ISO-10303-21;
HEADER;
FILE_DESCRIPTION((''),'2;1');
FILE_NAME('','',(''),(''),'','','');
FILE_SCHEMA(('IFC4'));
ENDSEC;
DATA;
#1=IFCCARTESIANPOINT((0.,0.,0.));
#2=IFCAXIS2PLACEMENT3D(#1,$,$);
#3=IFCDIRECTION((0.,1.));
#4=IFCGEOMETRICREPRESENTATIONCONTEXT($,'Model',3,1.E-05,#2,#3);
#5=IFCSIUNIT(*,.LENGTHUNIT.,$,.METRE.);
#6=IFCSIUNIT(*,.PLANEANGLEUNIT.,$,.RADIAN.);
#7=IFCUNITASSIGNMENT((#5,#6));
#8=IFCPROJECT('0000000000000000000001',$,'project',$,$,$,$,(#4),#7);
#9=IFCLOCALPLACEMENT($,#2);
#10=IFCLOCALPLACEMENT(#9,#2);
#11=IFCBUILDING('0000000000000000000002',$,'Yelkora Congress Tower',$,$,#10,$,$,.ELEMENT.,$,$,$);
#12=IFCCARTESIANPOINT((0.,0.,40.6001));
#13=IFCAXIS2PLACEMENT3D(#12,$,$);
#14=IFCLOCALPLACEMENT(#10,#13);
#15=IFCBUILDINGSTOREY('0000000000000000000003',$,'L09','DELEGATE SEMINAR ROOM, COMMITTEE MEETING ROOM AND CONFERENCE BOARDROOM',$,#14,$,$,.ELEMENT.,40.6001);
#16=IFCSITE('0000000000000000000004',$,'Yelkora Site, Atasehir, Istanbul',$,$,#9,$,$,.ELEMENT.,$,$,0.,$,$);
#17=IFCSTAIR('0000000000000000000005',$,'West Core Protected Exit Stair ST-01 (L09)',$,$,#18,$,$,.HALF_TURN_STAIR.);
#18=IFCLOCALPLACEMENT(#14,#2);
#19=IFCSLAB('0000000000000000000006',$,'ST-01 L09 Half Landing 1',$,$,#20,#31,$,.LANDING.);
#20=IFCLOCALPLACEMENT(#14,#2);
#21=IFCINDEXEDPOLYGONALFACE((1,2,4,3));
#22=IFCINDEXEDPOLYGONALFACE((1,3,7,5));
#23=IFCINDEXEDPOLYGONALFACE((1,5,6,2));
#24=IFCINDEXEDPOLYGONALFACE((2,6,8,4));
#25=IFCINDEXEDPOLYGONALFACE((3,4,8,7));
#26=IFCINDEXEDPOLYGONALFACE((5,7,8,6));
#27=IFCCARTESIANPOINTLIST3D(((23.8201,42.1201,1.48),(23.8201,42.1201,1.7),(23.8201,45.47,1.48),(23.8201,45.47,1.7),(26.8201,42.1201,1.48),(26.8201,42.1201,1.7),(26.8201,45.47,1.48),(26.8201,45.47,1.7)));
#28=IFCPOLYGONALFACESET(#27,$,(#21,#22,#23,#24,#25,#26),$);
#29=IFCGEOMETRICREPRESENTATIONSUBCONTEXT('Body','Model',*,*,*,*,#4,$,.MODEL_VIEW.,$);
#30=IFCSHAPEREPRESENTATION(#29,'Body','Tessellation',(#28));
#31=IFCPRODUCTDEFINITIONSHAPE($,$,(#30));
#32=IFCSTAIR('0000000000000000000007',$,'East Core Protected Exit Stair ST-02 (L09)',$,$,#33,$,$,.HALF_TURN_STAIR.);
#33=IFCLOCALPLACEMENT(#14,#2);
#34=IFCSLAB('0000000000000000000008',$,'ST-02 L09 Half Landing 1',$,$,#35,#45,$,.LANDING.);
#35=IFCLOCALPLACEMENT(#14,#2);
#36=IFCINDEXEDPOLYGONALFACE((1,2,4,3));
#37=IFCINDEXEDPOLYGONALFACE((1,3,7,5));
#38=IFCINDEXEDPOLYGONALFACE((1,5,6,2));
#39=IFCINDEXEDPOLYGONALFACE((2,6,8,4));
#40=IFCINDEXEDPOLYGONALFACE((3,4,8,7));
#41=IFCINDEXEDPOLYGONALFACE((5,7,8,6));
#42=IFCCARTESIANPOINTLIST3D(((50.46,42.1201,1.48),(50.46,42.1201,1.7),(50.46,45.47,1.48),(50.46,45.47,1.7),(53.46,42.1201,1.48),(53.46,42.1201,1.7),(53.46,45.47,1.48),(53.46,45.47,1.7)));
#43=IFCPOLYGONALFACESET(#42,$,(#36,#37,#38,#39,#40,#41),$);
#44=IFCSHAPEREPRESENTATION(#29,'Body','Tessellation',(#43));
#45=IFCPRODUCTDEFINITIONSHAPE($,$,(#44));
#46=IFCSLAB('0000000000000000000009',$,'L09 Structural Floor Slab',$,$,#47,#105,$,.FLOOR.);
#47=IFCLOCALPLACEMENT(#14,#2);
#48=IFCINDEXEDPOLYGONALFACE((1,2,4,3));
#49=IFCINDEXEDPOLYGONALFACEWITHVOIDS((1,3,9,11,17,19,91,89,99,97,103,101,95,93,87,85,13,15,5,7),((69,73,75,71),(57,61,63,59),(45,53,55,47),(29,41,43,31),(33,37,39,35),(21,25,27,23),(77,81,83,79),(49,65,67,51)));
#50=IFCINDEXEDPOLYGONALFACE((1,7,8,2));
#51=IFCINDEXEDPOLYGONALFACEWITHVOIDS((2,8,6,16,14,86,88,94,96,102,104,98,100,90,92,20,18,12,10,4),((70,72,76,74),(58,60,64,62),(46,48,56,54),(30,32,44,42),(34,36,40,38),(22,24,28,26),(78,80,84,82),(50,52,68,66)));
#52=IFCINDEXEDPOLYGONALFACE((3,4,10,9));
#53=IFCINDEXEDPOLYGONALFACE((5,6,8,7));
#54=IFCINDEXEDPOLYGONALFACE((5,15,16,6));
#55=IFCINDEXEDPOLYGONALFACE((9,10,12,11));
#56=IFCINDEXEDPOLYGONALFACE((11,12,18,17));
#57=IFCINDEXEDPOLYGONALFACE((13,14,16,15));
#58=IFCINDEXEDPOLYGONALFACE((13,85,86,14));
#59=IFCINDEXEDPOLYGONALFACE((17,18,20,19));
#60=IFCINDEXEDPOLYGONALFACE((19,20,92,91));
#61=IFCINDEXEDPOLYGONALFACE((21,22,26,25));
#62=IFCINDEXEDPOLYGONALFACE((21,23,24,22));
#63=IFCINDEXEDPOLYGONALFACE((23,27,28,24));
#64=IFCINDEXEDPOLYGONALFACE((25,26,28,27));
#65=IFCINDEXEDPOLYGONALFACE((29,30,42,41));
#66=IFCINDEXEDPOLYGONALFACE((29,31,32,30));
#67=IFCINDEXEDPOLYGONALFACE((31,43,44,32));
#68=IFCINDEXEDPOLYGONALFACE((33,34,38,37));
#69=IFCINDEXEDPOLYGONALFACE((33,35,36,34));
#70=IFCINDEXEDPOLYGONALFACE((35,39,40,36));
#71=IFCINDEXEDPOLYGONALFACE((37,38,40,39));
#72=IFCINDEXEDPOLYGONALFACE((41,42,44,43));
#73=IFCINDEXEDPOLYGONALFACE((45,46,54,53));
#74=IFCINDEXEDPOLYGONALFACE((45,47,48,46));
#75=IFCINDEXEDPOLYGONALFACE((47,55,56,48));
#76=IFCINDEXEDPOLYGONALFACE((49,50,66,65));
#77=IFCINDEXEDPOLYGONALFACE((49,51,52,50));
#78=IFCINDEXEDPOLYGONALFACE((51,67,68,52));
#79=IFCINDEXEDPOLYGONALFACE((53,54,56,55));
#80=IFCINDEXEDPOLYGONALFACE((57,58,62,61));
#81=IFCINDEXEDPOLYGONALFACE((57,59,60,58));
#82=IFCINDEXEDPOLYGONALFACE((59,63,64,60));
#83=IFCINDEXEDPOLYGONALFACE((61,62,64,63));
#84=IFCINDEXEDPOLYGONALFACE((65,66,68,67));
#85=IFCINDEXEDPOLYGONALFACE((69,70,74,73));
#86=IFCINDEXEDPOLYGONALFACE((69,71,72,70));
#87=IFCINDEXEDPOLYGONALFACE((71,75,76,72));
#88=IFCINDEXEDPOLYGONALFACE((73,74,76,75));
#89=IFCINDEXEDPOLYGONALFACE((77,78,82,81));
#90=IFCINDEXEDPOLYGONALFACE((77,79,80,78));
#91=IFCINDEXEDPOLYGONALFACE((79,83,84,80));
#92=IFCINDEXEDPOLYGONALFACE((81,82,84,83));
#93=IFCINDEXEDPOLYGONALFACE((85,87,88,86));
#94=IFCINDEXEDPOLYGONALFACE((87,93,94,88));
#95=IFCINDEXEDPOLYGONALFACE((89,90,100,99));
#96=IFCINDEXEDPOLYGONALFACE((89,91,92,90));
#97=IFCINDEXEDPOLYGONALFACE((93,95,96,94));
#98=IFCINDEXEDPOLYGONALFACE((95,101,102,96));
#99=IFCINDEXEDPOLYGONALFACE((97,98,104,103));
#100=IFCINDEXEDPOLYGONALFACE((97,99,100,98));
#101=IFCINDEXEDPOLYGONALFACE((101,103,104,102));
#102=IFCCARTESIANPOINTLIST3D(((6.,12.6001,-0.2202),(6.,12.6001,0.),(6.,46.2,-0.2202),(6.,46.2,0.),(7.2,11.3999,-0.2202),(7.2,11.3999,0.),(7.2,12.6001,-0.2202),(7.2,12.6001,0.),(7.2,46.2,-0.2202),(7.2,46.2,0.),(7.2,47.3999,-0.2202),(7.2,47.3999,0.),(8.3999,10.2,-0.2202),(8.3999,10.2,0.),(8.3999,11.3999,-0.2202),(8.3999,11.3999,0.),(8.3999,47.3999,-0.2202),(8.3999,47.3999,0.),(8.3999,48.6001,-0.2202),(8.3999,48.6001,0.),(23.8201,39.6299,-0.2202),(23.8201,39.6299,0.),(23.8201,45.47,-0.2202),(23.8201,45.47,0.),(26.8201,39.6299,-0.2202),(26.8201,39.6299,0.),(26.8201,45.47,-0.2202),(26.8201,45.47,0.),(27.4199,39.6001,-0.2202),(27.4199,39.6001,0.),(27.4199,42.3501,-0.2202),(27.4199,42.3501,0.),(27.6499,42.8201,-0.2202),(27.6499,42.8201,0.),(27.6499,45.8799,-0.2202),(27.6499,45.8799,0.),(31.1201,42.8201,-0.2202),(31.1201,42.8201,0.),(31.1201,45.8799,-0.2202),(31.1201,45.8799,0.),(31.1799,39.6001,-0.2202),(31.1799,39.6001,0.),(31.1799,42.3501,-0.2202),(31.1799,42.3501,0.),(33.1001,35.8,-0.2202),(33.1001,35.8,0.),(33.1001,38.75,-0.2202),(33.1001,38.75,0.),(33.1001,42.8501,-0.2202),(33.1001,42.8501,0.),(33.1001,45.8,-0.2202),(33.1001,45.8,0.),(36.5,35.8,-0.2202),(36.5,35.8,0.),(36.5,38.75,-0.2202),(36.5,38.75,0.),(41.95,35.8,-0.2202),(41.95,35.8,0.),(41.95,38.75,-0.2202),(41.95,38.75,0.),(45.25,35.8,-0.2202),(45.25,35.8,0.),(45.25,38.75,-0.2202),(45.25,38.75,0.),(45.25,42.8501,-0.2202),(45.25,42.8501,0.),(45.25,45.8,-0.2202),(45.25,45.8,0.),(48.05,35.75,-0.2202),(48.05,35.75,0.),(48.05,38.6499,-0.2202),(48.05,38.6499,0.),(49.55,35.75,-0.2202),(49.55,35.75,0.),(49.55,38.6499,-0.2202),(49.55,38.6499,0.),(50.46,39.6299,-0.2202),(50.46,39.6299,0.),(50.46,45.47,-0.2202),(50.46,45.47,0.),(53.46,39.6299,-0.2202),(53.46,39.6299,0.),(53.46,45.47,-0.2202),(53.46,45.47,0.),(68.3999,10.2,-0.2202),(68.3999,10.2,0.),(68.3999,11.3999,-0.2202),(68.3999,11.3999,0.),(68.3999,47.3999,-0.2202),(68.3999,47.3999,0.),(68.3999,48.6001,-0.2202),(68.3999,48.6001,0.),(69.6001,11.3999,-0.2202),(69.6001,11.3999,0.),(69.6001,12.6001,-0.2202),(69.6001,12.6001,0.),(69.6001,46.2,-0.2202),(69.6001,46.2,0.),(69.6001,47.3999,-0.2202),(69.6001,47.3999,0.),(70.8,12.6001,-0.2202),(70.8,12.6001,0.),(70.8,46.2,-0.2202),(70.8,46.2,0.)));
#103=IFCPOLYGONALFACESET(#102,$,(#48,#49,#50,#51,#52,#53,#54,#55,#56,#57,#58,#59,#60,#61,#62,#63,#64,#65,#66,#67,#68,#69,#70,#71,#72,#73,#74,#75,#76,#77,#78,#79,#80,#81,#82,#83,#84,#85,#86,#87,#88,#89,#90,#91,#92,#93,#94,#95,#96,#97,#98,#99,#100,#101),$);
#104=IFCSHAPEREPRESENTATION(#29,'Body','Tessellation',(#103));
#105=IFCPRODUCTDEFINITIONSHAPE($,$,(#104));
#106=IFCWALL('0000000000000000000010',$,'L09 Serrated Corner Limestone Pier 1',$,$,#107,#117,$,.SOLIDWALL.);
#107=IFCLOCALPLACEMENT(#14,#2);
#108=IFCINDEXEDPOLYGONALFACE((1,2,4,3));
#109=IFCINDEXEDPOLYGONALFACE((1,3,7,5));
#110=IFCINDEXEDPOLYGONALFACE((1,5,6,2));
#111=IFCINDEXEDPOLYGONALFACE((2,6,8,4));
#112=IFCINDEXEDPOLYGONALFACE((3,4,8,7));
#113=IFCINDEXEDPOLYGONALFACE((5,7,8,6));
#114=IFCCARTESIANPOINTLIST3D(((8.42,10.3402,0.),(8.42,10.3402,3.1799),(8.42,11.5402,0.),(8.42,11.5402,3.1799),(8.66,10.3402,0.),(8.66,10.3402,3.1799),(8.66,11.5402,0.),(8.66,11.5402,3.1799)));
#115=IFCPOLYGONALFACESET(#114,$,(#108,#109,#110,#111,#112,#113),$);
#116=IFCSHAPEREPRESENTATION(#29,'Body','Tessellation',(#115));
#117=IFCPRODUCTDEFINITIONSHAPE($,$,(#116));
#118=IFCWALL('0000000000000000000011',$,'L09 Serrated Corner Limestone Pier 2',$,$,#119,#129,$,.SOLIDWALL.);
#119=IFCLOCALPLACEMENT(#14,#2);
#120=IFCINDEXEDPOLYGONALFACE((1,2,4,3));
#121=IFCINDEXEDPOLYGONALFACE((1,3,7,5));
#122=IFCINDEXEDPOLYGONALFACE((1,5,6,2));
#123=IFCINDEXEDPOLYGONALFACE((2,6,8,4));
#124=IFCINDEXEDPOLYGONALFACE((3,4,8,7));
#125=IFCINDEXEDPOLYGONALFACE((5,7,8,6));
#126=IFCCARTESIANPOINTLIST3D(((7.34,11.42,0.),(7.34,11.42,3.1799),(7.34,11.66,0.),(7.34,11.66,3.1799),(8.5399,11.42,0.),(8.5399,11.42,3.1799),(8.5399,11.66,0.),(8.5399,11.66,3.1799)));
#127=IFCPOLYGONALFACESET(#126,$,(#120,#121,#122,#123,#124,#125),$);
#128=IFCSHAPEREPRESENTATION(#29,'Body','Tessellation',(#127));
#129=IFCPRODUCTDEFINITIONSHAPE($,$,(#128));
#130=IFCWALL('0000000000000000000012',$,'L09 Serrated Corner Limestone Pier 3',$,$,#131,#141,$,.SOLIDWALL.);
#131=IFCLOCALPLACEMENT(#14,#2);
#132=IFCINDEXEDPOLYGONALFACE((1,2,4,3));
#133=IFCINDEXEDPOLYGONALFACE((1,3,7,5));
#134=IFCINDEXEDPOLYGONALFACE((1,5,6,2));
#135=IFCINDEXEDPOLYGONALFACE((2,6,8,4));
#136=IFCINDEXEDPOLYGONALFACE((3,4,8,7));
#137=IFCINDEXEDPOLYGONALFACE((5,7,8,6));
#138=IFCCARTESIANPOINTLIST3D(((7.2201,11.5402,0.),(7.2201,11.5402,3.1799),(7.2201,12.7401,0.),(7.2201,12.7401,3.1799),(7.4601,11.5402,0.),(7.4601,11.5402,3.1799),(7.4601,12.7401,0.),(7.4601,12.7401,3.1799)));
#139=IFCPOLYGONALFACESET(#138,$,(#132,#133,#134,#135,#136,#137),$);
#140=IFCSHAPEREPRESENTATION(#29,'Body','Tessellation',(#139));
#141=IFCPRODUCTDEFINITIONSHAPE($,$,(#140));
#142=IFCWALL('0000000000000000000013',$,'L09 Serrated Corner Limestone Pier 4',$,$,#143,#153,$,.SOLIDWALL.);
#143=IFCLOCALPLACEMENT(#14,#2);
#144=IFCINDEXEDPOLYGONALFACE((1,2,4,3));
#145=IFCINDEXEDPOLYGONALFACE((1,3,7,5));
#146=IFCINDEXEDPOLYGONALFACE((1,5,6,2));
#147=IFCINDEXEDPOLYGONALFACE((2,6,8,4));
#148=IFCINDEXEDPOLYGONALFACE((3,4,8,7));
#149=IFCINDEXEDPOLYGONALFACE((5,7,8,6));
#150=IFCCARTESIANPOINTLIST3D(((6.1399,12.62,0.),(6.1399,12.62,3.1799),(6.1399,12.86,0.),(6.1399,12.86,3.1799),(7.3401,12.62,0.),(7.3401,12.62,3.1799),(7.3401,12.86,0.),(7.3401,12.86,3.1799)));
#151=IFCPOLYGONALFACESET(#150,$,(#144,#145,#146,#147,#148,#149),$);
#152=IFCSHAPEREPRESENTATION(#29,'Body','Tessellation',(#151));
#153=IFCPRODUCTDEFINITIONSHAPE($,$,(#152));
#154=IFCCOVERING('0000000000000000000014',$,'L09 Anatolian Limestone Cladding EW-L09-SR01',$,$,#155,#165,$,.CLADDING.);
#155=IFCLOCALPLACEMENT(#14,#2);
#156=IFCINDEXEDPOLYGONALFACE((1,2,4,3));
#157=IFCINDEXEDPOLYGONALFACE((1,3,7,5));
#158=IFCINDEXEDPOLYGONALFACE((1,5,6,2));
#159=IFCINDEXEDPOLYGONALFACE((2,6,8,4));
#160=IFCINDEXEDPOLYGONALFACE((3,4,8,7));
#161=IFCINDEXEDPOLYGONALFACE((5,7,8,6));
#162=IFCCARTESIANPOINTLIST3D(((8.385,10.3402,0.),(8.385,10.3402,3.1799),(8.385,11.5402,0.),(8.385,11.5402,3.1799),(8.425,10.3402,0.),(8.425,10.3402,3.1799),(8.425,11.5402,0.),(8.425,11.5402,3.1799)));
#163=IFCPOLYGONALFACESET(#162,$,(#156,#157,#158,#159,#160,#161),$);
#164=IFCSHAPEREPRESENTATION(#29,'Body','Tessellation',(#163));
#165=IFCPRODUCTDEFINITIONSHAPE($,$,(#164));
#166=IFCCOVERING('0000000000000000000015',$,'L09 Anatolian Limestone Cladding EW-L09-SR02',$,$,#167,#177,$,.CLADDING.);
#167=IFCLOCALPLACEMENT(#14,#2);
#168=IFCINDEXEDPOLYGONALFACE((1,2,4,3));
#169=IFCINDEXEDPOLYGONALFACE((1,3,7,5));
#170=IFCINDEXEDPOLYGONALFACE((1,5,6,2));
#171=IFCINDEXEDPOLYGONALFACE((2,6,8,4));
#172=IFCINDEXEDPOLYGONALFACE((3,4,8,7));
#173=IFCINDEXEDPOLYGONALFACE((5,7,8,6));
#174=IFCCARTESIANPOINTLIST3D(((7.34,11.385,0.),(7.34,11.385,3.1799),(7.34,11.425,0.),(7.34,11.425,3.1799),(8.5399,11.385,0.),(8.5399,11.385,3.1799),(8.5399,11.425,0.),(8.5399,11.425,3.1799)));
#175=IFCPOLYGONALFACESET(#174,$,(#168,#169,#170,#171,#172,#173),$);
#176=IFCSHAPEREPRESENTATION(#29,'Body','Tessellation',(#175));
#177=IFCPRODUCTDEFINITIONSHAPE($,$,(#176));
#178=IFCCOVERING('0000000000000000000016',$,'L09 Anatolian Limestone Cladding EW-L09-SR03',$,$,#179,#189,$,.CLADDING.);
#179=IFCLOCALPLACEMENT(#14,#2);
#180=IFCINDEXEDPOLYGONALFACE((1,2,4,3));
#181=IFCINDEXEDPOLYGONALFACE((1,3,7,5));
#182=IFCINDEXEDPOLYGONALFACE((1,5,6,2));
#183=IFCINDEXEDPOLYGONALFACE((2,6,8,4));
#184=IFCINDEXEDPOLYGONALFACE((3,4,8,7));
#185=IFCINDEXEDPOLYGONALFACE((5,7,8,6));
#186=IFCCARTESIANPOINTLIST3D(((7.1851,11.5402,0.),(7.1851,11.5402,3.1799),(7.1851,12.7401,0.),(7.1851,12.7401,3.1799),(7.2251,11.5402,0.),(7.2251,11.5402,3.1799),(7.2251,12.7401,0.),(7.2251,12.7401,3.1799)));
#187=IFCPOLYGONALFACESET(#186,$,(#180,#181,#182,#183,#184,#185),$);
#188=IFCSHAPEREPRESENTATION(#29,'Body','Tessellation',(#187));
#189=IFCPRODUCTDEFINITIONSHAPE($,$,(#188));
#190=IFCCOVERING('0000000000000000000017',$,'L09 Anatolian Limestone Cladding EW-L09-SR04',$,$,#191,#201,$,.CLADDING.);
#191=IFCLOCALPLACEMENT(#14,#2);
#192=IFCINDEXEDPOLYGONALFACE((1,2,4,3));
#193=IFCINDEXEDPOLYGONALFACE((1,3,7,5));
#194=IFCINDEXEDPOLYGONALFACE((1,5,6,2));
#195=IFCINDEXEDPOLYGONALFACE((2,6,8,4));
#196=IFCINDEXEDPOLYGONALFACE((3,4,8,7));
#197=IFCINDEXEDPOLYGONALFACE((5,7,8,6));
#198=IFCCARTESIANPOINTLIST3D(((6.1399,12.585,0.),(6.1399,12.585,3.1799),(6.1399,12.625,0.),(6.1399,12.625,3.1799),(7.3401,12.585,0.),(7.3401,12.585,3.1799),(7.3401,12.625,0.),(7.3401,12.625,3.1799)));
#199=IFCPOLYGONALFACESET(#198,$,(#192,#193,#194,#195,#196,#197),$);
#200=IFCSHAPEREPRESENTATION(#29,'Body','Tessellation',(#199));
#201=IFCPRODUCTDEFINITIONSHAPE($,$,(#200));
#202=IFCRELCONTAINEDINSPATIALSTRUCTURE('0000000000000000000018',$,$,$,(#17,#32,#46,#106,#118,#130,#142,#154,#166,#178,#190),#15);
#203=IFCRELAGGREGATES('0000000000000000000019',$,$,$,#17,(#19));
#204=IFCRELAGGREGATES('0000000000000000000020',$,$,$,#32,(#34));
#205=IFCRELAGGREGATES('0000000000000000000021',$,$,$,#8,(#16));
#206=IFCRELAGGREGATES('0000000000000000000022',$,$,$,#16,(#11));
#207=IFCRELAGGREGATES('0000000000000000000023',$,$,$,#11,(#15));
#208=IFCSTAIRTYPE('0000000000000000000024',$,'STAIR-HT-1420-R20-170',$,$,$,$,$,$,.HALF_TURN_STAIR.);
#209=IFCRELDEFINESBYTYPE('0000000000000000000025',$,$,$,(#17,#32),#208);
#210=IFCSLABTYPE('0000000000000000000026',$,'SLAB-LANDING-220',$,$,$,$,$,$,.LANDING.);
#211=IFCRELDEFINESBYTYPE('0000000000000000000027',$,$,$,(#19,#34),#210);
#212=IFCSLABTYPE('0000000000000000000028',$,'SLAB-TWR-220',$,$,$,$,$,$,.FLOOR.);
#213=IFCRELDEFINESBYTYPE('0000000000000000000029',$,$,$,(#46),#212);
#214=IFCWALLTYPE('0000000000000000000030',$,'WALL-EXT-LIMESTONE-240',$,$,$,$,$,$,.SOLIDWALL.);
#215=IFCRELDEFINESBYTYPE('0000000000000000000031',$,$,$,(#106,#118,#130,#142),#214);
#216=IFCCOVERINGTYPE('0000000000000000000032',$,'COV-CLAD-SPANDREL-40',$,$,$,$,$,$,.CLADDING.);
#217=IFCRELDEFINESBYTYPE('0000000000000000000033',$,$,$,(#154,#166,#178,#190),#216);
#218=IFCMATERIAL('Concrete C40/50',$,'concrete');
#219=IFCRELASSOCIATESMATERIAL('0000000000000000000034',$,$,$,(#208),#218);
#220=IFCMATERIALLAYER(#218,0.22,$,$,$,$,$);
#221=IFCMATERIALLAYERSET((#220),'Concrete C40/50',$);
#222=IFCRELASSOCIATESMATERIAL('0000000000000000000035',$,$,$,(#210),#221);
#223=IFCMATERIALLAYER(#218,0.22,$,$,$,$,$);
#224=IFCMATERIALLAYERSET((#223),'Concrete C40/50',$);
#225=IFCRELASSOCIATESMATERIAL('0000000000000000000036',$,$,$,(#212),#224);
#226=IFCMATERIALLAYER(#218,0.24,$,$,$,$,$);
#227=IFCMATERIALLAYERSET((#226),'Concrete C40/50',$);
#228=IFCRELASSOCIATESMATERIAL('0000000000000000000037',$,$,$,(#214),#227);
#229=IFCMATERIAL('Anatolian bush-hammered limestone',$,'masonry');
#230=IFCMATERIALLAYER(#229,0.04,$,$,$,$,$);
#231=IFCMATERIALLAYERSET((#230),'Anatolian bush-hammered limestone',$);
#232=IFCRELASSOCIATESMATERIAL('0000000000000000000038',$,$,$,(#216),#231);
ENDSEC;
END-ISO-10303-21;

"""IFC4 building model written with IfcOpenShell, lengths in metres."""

from ifc_helpers import new_model, si_unit, direction, frame, frame_2d, origin, place, context, subcontext, project, spatial, polyline, rectangle, outline, extrude, material, layer, layer_set, type_object, element, aggregate, save


model = new_model("IFC4")

# Units and contexts
model_context = context("Model", 3, precision=1e-05, world=origin(), true_north=direction((0.0, 1.0)))
body_context = subcontext(model_context, "Body", "Model", "MODEL_VIEW")
ifc_project = project(units=[si_unit("LENGTHUNIT", "METRE"), si_unit("PLANEANGLEUNIT", "RADIAN")], contexts=[model_context])

# Site, building, storey
site_placement = place(None, origin())
site = spatial("IfcSite", under=ifc_project, at=site_placement, Name="Yelkora Site, Atasehir, Istanbul", CompositionType="ELEMENT", RefElevation=0.0)
building_placement = place(site_placement, origin())
building = spatial("IfcBuilding", under=site, at=building_placement, Name="Yelkora Congress Tower", CompositionType="ELEMENT")
storey_placement = place(building_placement, frame((0.0, 0.0, 40.6001)))
storey = spatial("IfcBuildingStorey", under=building, at=storey_placement, Name="L09", Description="DELEGATE SEMINAR ROOM, COMMITTEE MEETING ROOM AND CONFERENCE BOARDROOM", CompositionType="ELEMENT", Elevation=40.6001)

# Stairs, slabs
ifc_material_1 = material(Name="Concrete C40/50", Category="concrete")
stair_type = type_object("IfcStairType", Name="STAIR-HT-1420-R20-170", PredefinedType="HALF_TURN_STAIR", material=ifc_material_1)
stair_1_placement = place(storey_placement, origin())
stair_1 = element("IfcStair", 1, at=stair_1_placement, inside=storey, type_object=stair_type, Name="West Core Protected Exit Stair ST-01 (L09)", PredefinedType="HALF_TURN_STAIR")
ifc_layer_1 = layer(ifc_material_1, 0.22)
ifc_layer_set_1 = layer_set([ifc_layer_1], Name="Concrete C40/50")
slab_type_1 = type_object("IfcSlabType", Name="SLAB-LANDING-220", PredefinedType="LANDING", material=ifc_layer_set_1)
slab_1_placement = place(storey_placement, frame((0.0, 0.0, 1.48)))
slab_1 = element("IfcSlab", 2, at=slab_1_placement, type_object=slab_type_1, Name="ST-01 L09 Half Landing 1", PredefinedType="LANDING", context=body_context, shape_type="SweptSolid", body=[
    extrude(outline(polyline([(26.8201, 42.1201), (26.8201, 45.47), (23.8201, 45.47), (23.8201, 42.1201), (26.8201, 42.1201)])), origin(), (0.0, 0.0, 1.0), 0.22),
])
aggregate(stair_1, [slab_1])
stair_2_placement = place(storey_placement, origin())
stair_2 = element("IfcStair", 3, at=stair_2_placement, inside=storey, type_object=stair_type, Name="East Core Protected Exit Stair ST-02 (L09)", PredefinedType="HALF_TURN_STAIR")
slab_2_placement = place(storey_placement, frame((0.0, 0.0, 1.48)))
slab_2 = element("IfcSlab", 4, at=slab_2_placement, type_object=slab_type_1, Name="ST-02 L09 Half Landing 1", PredefinedType="LANDING", context=body_context, shape_type="SweptSolid", body=[
    extrude(outline(polyline([(53.46, 42.1201), (53.46, 45.47), (50.46, 45.47), (50.46, 42.1201), (53.46, 42.1201)])), origin(), (0.0, 0.0, 1.0), 0.22),
])
aggregate(stair_2, [slab_2])

# Slab
ifc_layer_2 = layer(ifc_material_1, 0.22)
ifc_layer_set_2 = layer_set([ifc_layer_2], Name="Concrete C40/50")
slab_type_2 = type_object("IfcSlabType", Name="SLAB-TWR-220", PredefinedType="FLOOR", material=ifc_layer_set_2)
slab_3_placement = place(storey_placement, frame((0.0, 0.0, -0.2202)))
element("IfcSlab", 5, at=slab_3_placement, inside=storey, type_object=slab_type_2, Name="L09 Structural Floor Slab", PredefinedType="FLOOR", context=body_context, shape_type="SweptSolid", body=[
    extrude(outline(polyline([(8.3999, 10.2), (68.3999, 10.2), (68.3999, 11.3999), (69.6001, 11.3999), (69.6001, 12.6001), (70.8, 12.6001), (70.8, 46.2), (69.6001, 46.2), (69.6001, 47.3999), (68.3999, 47.3999), (68.3999, 48.6001), (8.3999, 48.6001), (8.3999, 47.3999), (7.2, 47.3999), (7.2, 46.2), (6.0, 46.2), (6.0, 12.6001), (7.2, 12.6001), (7.2, 11.3999), (8.3999, 11.3999), (8.3999, 10.2)]), holes=[polyline([(23.8201, 39.6299), (26.8201, 39.6299), (26.8201, 45.47), (23.8201, 45.47), (23.8201, 39.6299)]), polyline([(50.46, 39.6299), (53.46, 39.6299), (53.46, 45.47), (50.46, 45.47), (50.46, 39.6299)]), polyline([(48.05, 35.75), (49.55, 35.75), (49.55, 38.6499), (48.05, 38.6499), (48.05, 35.75)]), polyline([(41.95, 35.8), (45.25, 35.8), (45.25, 38.75), (41.95, 38.75), (41.95, 35.8)]), polyline([(33.1001, 42.8501), (45.25, 42.8501), (45.25, 45.8), (33.1001, 45.8), (33.1001, 42.8501)]), polyline([(33.1001, 35.8), (36.5, 35.8), (36.5, 38.75), (33.1001, 38.75), (33.1001, 35.8)]), polyline([(27.4199, 39.6001), (31.1799, 39.6001), (31.1799, 42.3501), (27.4199, 42.3501), (27.4199, 39.6001)]), polyline([(27.6499, 42.8201), (31.1201, 42.8201), (31.1201, 45.8799), (27.6499, 45.8799), (27.6499, 42.8201)])]), origin(), (0.0, 0.0, 1.0), 0.2202),
])

# Walls
ifc_layer_3 = layer(ifc_material_1, 0.24)
ifc_layer_set_3 = layer_set([ifc_layer_3], Name="Concrete C40/50")
wall_type = type_object("IfcWallType", Name="WALL-EXT-LIMESTONE-240", PredefinedType="SOLIDWALL", material=ifc_layer_set_3)
for number, where, z_axis, x_axis, name in (
    (6, (8.54, 10.3401, 0.0), (0.0, 0.0, 1.0), (0.0, 1.0, 0.0), "L09 Serrated Corner Limestone Pier 1"),
    (7, (8.54, 11.54, 0.0), (0.0, 0.0, 1.0), (-1.0, 0.0, 0.0), "L09 Serrated Corner Limestone Pier 2"),
    (8, (7.3401, 11.54, 0.0), (0.0, 0.0, 1.0), (0.0, 1.0, 0.0), "L09 Serrated Corner Limestone Pier 3"),
):
    element("IfcWall", number, at=place(storey_placement, frame(where, z_axis=z_axis, x_axis=x_axis)), inside=storey, type_object=wall_type, Name=name, PredefinedType="SOLIDWALL", context=body_context, shape_type="SweptSolid", body=[
        extrude(rectangle(XDim=1.2, YDim=0.24, at=frame_2d((0.6001, 0.0))), origin(), (0.0, 0.0, 1.0), 3.1799),
    ])
wall_placement = place(storey_placement, frame((7.3401, 12.74, 0.0), z_axis=(0.0, 0.0, 1.0), x_axis=(-1.0, 0.0, 0.0)))
element("IfcWall", 9, at=wall_placement, inside=storey, type_object=wall_type, Name="L09 Serrated Corner Limestone Pier 4", PredefinedType="SOLIDWALL", context=body_context, shape_type="SweptSolid", body=[
    extrude(rectangle(XDim=1.2002, YDim=0.24, at=frame_2d((0.6001, 0.0))), origin(), (0.0, 0.0, 1.0), 3.1799),
])

# Coverings
ifc_material_2 = material(Name="Anatolian bush-hammered limestone", Category="masonry")
ifc_layer_4 = layer(ifc_material_2, 0.04)
ifc_layer_set_4 = layer_set([ifc_layer_4], Name="Anatolian bush-hammered limestone")
covering_type = type_object("IfcCoveringType", Name="COV-CLAD-SPANDREL-40", PredefinedType="CLADDING", material=ifc_layer_set_4)
for number, where, z_axis, x_axis, name in (
    (10, (8.405, 10.3401, 0.0), (0.0, 0.0, 1.0), (0.0, 1.0, 0.0), "L09 Anatolian Limestone Cladding EW-L09-SR01"),
    (11, (8.54, 11.405, 0.0), (0.0, 0.0, 1.0), (-1.0, 0.0, 0.0), "L09 Anatolian Limestone Cladding EW-L09-SR02"),
    (12, (7.2051, 11.54, 0.0), (0.0, 0.0, 1.0), (0.0, 1.0, 0.0), "L09 Anatolian Limestone Cladding EW-L09-SR03"),
):
    element("IfcCovering", number, at=place(storey_placement, frame(where, z_axis=z_axis, x_axis=x_axis)), inside=storey, type_object=covering_type, Name=name, PredefinedType="CLADDING", context=body_context, shape_type="SweptSolid", body=[
        extrude(rectangle(XDim=1.2, YDim=0.04, at=frame_2d((0.6001, 0.0))), origin(), (0.0, 0.0, 1.0), 3.1799),
    ])
covering_placement = place(storey_placement, frame((7.3401, 12.605, 0.0), z_axis=(0.0, 0.0, 1.0), x_axis=(-1.0, 0.0, 0.0)))
element("IfcCovering", 13, at=covering_placement, inside=storey, type_object=covering_type, Name="L09 Anatolian Limestone Cladding EW-L09-SR04", PredefinedType="CLADDING", context=body_context, shape_type="SweptSolid", body=[
    extrude(rectangle(XDim=1.2002, YDim=0.04, at=frame_2d((0.6001, 0.0))), origin(), (0.0, 0.0, 1.0), 3.1799),
])

save(model, "model.ifc")
